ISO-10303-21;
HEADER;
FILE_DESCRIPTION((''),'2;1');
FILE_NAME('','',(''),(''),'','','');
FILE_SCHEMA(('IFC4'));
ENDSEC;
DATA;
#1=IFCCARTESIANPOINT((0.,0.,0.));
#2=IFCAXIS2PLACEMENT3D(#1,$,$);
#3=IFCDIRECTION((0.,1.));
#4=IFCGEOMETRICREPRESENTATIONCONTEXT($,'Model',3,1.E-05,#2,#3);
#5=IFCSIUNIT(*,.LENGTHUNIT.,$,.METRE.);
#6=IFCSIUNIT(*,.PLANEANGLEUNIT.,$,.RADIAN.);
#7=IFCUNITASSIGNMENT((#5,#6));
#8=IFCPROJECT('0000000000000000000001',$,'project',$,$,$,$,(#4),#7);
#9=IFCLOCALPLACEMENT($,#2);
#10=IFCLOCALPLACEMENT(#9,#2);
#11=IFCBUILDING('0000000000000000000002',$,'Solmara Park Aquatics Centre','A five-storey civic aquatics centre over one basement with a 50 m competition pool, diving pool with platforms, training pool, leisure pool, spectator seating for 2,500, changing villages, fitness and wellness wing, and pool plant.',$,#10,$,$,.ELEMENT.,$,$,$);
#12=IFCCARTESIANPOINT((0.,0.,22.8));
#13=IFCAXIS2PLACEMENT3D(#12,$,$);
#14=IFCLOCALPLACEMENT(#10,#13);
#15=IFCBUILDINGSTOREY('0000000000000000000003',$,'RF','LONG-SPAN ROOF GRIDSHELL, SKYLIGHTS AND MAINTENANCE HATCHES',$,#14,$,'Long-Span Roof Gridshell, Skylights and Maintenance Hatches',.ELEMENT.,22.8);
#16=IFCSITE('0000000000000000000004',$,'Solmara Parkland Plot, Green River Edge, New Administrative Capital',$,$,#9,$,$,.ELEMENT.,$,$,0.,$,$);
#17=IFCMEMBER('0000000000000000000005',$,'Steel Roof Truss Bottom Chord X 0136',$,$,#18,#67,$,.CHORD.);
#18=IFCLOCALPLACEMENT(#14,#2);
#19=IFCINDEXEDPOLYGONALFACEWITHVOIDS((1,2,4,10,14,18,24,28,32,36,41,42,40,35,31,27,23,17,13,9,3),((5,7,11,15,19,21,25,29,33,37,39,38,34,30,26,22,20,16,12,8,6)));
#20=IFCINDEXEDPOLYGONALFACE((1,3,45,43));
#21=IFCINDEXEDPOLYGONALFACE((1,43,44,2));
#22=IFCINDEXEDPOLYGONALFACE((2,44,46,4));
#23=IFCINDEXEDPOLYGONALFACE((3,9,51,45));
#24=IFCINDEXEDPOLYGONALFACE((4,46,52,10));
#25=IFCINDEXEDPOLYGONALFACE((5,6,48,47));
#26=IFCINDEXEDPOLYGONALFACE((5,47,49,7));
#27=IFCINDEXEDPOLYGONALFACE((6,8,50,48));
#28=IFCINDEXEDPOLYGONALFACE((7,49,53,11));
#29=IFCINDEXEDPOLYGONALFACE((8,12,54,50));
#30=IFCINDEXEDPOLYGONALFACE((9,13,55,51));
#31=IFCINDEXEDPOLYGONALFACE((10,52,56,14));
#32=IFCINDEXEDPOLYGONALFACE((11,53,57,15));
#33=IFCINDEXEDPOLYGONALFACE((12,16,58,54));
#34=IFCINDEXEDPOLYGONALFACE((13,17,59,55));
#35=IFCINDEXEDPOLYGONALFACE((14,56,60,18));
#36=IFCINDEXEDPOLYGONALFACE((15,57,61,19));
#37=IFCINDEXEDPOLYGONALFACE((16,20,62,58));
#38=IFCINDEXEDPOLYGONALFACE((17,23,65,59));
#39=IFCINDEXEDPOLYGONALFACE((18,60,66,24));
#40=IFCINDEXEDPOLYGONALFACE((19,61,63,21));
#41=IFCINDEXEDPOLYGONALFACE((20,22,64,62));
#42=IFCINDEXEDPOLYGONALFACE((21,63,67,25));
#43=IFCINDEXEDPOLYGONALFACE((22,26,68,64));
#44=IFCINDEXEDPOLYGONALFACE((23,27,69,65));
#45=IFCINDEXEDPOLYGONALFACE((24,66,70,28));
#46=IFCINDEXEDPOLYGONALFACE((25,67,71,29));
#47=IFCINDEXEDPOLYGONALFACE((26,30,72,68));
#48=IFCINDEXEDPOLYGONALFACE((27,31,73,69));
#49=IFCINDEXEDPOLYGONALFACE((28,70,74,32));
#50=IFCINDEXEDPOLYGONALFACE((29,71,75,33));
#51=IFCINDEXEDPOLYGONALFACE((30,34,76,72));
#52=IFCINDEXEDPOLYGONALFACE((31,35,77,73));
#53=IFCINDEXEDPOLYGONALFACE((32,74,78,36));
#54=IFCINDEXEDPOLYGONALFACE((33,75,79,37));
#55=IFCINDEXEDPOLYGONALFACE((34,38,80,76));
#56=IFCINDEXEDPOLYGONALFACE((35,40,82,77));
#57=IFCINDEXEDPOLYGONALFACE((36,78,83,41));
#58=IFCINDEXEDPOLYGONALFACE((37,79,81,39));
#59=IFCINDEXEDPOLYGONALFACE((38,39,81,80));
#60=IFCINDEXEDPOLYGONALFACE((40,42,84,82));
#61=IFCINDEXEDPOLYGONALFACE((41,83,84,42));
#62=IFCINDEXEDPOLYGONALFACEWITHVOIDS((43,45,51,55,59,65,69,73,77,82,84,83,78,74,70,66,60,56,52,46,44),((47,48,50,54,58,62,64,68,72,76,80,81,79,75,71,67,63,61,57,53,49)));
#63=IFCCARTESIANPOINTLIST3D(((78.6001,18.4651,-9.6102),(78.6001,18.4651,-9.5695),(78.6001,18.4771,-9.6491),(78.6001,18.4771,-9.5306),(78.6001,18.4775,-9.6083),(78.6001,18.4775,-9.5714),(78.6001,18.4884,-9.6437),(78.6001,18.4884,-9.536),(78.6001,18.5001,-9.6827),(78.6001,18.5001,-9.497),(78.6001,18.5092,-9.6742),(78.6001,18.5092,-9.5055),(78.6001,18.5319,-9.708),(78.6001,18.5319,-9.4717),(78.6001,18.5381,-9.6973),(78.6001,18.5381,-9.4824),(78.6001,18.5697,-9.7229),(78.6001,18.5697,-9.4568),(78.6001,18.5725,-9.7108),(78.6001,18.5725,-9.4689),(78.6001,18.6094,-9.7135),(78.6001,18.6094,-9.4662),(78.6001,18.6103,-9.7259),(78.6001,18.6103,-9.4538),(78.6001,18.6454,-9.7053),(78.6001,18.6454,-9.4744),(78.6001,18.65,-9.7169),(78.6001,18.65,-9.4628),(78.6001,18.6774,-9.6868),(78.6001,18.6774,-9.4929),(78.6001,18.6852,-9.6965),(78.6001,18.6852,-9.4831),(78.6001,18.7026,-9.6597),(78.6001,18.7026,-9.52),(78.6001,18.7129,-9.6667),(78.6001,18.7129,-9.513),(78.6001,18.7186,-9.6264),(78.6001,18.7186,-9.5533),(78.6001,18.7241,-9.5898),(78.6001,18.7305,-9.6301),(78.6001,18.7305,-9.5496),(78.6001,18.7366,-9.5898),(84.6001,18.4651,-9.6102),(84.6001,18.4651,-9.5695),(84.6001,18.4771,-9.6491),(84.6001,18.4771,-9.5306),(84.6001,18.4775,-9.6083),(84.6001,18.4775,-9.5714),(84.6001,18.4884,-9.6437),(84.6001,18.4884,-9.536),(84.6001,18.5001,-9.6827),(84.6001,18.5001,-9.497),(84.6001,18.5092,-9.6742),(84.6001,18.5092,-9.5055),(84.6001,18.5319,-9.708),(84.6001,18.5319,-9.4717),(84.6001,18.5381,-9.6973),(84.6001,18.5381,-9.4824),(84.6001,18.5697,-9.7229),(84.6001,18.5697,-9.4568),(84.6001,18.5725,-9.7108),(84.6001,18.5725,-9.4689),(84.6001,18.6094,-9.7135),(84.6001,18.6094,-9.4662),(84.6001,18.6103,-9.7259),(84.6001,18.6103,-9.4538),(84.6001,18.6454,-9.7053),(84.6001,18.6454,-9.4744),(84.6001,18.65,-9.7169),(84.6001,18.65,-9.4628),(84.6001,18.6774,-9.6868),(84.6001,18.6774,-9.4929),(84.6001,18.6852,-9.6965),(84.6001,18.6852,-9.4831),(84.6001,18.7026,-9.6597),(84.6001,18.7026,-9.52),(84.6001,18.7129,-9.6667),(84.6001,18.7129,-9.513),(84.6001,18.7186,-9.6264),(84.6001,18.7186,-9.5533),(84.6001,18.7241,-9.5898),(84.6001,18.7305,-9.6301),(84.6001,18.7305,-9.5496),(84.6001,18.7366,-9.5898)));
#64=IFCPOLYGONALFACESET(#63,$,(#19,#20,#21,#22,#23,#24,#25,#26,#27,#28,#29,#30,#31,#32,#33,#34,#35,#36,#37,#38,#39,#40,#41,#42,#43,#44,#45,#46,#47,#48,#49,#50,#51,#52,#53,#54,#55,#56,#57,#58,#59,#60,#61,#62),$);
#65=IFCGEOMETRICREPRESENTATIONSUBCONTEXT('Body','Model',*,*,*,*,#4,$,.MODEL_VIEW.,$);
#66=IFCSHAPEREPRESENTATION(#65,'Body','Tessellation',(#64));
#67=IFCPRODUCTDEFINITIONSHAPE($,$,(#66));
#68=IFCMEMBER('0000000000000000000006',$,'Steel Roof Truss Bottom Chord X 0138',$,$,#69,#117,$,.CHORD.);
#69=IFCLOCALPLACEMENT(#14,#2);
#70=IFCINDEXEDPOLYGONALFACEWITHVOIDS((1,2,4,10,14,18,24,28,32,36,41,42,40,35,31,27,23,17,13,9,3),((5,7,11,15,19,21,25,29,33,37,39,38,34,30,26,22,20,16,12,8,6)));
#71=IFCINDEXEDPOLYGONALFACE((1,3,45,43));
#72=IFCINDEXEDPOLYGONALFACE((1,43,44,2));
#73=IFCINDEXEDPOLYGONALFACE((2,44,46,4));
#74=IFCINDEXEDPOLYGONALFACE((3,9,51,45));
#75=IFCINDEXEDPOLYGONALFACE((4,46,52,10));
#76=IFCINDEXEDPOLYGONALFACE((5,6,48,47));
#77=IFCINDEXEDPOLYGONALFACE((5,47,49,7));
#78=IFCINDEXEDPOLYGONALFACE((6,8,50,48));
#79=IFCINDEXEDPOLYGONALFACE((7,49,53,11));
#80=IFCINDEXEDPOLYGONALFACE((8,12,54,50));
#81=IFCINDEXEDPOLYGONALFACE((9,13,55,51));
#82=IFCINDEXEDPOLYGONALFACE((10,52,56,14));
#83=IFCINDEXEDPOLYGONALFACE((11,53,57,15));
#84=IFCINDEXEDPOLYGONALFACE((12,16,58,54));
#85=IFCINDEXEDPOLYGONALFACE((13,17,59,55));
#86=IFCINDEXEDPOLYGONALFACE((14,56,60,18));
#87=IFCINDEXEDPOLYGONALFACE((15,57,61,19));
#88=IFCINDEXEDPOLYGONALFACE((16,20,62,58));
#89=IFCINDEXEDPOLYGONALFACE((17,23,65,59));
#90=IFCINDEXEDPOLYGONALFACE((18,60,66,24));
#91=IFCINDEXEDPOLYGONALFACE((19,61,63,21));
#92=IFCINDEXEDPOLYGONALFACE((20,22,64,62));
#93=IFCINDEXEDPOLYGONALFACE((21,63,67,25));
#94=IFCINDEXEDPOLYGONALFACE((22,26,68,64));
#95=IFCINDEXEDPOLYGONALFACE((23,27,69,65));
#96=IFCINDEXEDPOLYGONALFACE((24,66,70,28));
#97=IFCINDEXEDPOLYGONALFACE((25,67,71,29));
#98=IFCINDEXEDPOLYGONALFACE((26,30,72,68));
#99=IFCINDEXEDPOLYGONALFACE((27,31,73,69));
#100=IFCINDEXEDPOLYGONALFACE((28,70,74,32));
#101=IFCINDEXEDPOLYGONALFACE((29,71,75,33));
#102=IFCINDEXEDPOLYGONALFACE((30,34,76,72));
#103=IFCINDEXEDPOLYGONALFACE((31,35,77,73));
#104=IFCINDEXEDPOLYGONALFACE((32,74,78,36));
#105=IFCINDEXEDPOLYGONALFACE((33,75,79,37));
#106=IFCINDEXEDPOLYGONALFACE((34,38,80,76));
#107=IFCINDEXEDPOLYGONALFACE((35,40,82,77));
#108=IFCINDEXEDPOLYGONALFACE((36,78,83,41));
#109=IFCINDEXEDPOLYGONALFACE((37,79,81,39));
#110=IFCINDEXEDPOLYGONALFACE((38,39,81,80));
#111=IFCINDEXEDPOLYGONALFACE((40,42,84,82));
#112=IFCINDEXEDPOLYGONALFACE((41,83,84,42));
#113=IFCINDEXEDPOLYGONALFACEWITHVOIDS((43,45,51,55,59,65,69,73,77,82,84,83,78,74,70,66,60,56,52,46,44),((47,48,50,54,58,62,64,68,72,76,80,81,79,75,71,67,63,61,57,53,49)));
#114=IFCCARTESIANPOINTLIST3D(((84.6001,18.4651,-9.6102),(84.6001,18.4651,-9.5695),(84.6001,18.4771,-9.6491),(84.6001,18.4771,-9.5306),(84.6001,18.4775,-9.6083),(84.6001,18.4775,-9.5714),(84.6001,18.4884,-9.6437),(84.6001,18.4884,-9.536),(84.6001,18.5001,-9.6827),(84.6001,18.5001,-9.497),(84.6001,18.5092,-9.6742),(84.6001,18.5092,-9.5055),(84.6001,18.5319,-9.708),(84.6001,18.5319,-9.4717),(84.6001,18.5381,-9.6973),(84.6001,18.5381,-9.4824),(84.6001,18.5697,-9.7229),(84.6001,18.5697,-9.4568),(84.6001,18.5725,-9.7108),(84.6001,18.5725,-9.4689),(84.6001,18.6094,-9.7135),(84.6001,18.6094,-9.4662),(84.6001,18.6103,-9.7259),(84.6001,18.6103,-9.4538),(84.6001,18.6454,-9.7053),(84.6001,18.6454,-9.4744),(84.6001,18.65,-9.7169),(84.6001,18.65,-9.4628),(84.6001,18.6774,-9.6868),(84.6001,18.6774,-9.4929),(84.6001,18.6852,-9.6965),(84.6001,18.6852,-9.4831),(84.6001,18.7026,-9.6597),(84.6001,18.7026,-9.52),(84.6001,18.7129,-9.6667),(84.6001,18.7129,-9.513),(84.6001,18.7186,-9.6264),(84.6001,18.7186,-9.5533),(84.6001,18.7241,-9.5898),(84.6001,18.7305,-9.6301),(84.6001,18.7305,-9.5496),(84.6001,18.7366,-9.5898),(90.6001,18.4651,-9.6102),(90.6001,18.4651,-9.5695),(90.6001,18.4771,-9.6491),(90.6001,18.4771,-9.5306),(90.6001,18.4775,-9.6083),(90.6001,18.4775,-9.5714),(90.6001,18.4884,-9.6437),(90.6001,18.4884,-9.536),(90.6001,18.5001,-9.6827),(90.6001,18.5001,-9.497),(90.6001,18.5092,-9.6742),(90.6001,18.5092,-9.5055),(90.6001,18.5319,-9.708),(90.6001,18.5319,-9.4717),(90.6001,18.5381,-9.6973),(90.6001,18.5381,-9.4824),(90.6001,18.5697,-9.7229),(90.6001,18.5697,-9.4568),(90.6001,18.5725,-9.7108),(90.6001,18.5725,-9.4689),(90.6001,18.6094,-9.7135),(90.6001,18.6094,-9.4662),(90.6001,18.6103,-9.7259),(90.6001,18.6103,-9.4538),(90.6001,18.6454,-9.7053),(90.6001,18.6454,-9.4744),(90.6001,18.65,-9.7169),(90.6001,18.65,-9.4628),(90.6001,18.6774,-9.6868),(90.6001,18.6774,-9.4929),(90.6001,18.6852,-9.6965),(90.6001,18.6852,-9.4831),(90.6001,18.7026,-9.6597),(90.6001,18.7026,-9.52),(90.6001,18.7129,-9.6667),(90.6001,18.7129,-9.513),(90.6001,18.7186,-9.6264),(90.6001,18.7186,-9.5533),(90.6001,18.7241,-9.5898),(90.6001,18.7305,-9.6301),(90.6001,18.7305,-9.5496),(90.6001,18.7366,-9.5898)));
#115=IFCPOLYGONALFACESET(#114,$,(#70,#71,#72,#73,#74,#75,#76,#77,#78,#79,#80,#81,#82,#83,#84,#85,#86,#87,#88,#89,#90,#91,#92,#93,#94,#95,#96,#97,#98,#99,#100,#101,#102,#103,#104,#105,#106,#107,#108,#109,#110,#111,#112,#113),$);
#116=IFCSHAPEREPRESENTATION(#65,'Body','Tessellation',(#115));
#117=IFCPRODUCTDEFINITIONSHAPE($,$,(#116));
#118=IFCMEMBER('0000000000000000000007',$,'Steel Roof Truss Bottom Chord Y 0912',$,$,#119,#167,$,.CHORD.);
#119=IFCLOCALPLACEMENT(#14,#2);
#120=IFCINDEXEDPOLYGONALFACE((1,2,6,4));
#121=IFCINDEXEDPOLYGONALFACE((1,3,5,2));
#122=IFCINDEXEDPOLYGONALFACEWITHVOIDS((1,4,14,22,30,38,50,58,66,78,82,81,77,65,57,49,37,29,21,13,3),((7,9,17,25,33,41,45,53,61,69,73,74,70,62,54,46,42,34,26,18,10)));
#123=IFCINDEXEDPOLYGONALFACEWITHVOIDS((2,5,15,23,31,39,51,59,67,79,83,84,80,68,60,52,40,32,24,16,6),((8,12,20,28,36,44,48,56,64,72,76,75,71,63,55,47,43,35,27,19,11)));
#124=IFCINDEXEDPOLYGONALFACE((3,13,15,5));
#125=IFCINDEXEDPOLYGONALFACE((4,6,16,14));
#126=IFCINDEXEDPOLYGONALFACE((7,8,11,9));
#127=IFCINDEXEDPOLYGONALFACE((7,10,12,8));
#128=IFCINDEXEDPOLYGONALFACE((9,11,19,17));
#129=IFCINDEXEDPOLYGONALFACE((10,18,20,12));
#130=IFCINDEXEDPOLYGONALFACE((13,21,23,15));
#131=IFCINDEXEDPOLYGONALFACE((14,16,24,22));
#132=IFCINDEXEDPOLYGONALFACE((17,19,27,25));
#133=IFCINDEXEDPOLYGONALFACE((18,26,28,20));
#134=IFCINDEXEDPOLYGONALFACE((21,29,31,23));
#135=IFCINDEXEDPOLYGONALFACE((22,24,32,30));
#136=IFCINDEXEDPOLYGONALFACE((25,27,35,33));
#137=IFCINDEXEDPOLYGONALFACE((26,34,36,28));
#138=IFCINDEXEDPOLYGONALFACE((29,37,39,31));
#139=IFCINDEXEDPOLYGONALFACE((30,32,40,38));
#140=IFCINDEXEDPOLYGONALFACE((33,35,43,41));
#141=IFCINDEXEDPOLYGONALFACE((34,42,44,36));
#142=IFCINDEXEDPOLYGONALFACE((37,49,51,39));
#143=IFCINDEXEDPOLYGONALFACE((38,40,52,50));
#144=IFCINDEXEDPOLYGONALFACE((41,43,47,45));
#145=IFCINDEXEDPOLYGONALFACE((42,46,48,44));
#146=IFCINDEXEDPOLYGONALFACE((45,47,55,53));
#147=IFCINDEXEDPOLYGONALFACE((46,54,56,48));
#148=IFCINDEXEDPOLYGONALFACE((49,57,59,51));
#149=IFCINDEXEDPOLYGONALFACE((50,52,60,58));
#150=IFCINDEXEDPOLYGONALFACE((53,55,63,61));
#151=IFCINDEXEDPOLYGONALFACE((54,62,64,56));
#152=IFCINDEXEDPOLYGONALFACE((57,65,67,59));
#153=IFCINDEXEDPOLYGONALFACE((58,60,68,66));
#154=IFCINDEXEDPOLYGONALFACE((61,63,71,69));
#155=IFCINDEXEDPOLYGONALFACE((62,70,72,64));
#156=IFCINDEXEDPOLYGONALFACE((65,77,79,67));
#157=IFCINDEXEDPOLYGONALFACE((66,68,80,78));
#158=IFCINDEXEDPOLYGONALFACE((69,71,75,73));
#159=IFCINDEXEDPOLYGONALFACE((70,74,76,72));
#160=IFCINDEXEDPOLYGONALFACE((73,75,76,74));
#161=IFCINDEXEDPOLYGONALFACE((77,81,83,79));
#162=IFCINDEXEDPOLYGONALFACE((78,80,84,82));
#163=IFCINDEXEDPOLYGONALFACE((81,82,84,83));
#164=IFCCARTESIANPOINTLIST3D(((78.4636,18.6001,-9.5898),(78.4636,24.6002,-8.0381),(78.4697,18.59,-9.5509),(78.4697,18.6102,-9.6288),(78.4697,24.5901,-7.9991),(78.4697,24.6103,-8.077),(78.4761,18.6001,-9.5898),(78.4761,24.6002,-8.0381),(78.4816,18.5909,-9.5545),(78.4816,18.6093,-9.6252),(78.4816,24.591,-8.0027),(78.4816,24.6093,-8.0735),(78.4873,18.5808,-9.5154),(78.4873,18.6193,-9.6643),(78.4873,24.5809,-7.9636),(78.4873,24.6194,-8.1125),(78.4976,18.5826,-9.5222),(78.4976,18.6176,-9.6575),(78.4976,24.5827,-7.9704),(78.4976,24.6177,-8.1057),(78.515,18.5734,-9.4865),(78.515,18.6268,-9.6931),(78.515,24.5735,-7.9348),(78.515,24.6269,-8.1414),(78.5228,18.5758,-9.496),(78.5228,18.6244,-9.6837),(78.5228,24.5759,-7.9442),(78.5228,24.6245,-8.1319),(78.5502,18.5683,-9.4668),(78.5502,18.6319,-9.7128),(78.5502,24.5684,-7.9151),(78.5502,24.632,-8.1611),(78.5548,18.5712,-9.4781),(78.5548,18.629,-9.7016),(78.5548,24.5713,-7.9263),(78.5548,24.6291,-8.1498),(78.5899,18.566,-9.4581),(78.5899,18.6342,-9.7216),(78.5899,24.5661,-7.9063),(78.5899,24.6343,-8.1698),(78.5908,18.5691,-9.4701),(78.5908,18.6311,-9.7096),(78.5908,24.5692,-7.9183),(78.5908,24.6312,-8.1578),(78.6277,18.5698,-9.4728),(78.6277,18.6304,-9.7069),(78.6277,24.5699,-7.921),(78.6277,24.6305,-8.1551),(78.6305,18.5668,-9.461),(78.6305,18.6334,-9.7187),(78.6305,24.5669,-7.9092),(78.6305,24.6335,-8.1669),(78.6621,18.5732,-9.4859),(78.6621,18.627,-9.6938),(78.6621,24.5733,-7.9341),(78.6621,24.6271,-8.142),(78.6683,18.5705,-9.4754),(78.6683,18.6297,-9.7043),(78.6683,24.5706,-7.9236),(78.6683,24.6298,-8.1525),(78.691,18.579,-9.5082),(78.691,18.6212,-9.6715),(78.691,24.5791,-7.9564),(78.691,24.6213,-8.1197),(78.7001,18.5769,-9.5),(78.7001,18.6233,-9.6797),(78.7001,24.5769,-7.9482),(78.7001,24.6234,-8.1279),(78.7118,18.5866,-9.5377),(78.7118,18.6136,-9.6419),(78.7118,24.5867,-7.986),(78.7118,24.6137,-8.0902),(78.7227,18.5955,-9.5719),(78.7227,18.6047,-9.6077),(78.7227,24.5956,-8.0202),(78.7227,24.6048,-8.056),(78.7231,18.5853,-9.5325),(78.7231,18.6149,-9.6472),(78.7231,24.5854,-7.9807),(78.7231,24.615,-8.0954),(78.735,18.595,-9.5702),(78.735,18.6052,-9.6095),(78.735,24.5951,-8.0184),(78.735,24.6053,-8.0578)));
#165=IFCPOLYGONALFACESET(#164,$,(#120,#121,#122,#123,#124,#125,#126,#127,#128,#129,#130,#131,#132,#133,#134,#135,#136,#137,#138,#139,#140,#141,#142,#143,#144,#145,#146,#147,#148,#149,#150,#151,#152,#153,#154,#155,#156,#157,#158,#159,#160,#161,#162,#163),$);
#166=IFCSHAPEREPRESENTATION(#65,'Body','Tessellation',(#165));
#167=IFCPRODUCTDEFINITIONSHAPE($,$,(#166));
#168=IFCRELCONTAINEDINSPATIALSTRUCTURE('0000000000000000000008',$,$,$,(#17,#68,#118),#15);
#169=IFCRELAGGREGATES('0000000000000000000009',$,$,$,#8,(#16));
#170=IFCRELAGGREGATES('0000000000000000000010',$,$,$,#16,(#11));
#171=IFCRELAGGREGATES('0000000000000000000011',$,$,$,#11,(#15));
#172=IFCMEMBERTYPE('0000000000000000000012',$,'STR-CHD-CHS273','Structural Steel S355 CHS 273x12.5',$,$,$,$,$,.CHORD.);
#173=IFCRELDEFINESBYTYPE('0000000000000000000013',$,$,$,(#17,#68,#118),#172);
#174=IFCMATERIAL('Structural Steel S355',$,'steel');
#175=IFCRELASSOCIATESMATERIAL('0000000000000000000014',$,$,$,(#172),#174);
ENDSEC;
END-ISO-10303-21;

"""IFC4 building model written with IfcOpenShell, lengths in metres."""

from ifc_helpers import new_model, si_unit, direction, frame, origin, origin_2d, place, context, subcontext, project, spatial, hollow_circle, extrude, material, material_profile, profile_set, type_object, element, save


model = new_model("IFC4")

# Units and contexts
model_context = context("Model", 3, precision=1e-05, world=origin(), true_north=direction((0.0, 1.0)))
body_context = subcontext(model_context, "Body", "Model", "MODEL_VIEW")
ifc_project = project(units=[si_unit("LENGTHUNIT", "METRE"), si_unit("PLANEANGLEUNIT", "RADIAN")], contexts=[model_context])

# Site, building, storey
site_placement = place(None, origin())
site = spatial("IfcSite", under=ifc_project, at=site_placement, Name="Solmara Parkland Plot, Green River Edge, New Administrative Capital", CompositionType="ELEMENT", RefElevation=0.0)
building_placement = place(site_placement, origin())
building = spatial("IfcBuilding", under=site, at=building_placement, Name="Solmara Park Aquatics Centre", Description="A five-storey civic aquatics centre over one basement with a 50 m competition pool, diving pool with platforms, training pool, leisure pool, spectator seating for 2,500, changing villages, fitness and wellness wing, and pool plant.", CompositionType="ELEMENT")
storey_placement = place(building_placement, frame((0.0, 0.0, 22.8)))
storey = spatial("IfcBuildingStorey", under=building, at=storey_placement, Name="RF", Description="LONG-SPAN ROOF GRIDSHELL, SKYLIGHTS AND MAINTENANCE HATCHES", LongName="Long-Span Roof Gridshell, Skylights and Maintenance Hatches", CompositionType="ELEMENT", Elevation=22.8)

# Members
ifc_material_1 = material(Name="Structural Steel S355", Category="steel")
ifc_material_profile_1 = material_profile(ifc_material_1, hollow_circle(Radius=0.1365, WallThickness=0.0125, at=origin_2d()), Name="CHS 273x12.5")
ifc_profile_set_1 = profile_set([ifc_material_profile_1], Name="Structural Steel S355")
member_type_1 = type_object("IfcMemberType", Name="STR-CHD-CHS273", Description="Structural Steel S355 CHS 273x12.5", PredefinedType="CHORD", material=ifc_profile_set_1)
for number, where, z_axis, x_axis, name in (
    (1, (78.6001, 18.6001, -9.5898), (1.0, 0.0, 0.0), (0.0, 1.0, 0.0), "Steel Roof Truss Bottom Chord X 0136"),
    (2, (84.6001, 18.6001, -9.5898), (1.0, 0.0, 0.0), (0.0, 1.0, 0.0), "Steel Roof Truss Bottom Chord X 0138"),
):
    element("IfcMember", number, at=place(storey_placement, frame(where, z_axis=z_axis, x_axis=x_axis)), inside=storey, type_object=member_type_1, Name=name, PredefinedType="CHORD", context=body_context, shape_type="SweptSolid", body=[
        extrude(hollow_circle(Radius=0.1365, WallThickness=0.0125, at=origin_2d()), origin(), (0.0, 0.0, 1.0), 6.0),
    ])
member_1_placement = place(storey_placement, frame((78.6001, 18.6001, -9.5898), z_axis=(0.0, 0.968146, 0.250388), x_axis=(-1.0, 0.0, 0.0)))
element("IfcMember", 3, at=member_1_placement, inside=storey, type_object=member_type_1, Name="Steel Roof Truss Bottom Chord Y 0912", PredefinedType="CHORD", context=body_context, shape_type="SweptSolid", body=[
    extrude(hollow_circle(Radius=0.1365, WallThickness=0.0125, at=origin_2d()), origin(), (0.0, 0.0, 1.0), 6.1975),
])

save(model, "model.ifc")
